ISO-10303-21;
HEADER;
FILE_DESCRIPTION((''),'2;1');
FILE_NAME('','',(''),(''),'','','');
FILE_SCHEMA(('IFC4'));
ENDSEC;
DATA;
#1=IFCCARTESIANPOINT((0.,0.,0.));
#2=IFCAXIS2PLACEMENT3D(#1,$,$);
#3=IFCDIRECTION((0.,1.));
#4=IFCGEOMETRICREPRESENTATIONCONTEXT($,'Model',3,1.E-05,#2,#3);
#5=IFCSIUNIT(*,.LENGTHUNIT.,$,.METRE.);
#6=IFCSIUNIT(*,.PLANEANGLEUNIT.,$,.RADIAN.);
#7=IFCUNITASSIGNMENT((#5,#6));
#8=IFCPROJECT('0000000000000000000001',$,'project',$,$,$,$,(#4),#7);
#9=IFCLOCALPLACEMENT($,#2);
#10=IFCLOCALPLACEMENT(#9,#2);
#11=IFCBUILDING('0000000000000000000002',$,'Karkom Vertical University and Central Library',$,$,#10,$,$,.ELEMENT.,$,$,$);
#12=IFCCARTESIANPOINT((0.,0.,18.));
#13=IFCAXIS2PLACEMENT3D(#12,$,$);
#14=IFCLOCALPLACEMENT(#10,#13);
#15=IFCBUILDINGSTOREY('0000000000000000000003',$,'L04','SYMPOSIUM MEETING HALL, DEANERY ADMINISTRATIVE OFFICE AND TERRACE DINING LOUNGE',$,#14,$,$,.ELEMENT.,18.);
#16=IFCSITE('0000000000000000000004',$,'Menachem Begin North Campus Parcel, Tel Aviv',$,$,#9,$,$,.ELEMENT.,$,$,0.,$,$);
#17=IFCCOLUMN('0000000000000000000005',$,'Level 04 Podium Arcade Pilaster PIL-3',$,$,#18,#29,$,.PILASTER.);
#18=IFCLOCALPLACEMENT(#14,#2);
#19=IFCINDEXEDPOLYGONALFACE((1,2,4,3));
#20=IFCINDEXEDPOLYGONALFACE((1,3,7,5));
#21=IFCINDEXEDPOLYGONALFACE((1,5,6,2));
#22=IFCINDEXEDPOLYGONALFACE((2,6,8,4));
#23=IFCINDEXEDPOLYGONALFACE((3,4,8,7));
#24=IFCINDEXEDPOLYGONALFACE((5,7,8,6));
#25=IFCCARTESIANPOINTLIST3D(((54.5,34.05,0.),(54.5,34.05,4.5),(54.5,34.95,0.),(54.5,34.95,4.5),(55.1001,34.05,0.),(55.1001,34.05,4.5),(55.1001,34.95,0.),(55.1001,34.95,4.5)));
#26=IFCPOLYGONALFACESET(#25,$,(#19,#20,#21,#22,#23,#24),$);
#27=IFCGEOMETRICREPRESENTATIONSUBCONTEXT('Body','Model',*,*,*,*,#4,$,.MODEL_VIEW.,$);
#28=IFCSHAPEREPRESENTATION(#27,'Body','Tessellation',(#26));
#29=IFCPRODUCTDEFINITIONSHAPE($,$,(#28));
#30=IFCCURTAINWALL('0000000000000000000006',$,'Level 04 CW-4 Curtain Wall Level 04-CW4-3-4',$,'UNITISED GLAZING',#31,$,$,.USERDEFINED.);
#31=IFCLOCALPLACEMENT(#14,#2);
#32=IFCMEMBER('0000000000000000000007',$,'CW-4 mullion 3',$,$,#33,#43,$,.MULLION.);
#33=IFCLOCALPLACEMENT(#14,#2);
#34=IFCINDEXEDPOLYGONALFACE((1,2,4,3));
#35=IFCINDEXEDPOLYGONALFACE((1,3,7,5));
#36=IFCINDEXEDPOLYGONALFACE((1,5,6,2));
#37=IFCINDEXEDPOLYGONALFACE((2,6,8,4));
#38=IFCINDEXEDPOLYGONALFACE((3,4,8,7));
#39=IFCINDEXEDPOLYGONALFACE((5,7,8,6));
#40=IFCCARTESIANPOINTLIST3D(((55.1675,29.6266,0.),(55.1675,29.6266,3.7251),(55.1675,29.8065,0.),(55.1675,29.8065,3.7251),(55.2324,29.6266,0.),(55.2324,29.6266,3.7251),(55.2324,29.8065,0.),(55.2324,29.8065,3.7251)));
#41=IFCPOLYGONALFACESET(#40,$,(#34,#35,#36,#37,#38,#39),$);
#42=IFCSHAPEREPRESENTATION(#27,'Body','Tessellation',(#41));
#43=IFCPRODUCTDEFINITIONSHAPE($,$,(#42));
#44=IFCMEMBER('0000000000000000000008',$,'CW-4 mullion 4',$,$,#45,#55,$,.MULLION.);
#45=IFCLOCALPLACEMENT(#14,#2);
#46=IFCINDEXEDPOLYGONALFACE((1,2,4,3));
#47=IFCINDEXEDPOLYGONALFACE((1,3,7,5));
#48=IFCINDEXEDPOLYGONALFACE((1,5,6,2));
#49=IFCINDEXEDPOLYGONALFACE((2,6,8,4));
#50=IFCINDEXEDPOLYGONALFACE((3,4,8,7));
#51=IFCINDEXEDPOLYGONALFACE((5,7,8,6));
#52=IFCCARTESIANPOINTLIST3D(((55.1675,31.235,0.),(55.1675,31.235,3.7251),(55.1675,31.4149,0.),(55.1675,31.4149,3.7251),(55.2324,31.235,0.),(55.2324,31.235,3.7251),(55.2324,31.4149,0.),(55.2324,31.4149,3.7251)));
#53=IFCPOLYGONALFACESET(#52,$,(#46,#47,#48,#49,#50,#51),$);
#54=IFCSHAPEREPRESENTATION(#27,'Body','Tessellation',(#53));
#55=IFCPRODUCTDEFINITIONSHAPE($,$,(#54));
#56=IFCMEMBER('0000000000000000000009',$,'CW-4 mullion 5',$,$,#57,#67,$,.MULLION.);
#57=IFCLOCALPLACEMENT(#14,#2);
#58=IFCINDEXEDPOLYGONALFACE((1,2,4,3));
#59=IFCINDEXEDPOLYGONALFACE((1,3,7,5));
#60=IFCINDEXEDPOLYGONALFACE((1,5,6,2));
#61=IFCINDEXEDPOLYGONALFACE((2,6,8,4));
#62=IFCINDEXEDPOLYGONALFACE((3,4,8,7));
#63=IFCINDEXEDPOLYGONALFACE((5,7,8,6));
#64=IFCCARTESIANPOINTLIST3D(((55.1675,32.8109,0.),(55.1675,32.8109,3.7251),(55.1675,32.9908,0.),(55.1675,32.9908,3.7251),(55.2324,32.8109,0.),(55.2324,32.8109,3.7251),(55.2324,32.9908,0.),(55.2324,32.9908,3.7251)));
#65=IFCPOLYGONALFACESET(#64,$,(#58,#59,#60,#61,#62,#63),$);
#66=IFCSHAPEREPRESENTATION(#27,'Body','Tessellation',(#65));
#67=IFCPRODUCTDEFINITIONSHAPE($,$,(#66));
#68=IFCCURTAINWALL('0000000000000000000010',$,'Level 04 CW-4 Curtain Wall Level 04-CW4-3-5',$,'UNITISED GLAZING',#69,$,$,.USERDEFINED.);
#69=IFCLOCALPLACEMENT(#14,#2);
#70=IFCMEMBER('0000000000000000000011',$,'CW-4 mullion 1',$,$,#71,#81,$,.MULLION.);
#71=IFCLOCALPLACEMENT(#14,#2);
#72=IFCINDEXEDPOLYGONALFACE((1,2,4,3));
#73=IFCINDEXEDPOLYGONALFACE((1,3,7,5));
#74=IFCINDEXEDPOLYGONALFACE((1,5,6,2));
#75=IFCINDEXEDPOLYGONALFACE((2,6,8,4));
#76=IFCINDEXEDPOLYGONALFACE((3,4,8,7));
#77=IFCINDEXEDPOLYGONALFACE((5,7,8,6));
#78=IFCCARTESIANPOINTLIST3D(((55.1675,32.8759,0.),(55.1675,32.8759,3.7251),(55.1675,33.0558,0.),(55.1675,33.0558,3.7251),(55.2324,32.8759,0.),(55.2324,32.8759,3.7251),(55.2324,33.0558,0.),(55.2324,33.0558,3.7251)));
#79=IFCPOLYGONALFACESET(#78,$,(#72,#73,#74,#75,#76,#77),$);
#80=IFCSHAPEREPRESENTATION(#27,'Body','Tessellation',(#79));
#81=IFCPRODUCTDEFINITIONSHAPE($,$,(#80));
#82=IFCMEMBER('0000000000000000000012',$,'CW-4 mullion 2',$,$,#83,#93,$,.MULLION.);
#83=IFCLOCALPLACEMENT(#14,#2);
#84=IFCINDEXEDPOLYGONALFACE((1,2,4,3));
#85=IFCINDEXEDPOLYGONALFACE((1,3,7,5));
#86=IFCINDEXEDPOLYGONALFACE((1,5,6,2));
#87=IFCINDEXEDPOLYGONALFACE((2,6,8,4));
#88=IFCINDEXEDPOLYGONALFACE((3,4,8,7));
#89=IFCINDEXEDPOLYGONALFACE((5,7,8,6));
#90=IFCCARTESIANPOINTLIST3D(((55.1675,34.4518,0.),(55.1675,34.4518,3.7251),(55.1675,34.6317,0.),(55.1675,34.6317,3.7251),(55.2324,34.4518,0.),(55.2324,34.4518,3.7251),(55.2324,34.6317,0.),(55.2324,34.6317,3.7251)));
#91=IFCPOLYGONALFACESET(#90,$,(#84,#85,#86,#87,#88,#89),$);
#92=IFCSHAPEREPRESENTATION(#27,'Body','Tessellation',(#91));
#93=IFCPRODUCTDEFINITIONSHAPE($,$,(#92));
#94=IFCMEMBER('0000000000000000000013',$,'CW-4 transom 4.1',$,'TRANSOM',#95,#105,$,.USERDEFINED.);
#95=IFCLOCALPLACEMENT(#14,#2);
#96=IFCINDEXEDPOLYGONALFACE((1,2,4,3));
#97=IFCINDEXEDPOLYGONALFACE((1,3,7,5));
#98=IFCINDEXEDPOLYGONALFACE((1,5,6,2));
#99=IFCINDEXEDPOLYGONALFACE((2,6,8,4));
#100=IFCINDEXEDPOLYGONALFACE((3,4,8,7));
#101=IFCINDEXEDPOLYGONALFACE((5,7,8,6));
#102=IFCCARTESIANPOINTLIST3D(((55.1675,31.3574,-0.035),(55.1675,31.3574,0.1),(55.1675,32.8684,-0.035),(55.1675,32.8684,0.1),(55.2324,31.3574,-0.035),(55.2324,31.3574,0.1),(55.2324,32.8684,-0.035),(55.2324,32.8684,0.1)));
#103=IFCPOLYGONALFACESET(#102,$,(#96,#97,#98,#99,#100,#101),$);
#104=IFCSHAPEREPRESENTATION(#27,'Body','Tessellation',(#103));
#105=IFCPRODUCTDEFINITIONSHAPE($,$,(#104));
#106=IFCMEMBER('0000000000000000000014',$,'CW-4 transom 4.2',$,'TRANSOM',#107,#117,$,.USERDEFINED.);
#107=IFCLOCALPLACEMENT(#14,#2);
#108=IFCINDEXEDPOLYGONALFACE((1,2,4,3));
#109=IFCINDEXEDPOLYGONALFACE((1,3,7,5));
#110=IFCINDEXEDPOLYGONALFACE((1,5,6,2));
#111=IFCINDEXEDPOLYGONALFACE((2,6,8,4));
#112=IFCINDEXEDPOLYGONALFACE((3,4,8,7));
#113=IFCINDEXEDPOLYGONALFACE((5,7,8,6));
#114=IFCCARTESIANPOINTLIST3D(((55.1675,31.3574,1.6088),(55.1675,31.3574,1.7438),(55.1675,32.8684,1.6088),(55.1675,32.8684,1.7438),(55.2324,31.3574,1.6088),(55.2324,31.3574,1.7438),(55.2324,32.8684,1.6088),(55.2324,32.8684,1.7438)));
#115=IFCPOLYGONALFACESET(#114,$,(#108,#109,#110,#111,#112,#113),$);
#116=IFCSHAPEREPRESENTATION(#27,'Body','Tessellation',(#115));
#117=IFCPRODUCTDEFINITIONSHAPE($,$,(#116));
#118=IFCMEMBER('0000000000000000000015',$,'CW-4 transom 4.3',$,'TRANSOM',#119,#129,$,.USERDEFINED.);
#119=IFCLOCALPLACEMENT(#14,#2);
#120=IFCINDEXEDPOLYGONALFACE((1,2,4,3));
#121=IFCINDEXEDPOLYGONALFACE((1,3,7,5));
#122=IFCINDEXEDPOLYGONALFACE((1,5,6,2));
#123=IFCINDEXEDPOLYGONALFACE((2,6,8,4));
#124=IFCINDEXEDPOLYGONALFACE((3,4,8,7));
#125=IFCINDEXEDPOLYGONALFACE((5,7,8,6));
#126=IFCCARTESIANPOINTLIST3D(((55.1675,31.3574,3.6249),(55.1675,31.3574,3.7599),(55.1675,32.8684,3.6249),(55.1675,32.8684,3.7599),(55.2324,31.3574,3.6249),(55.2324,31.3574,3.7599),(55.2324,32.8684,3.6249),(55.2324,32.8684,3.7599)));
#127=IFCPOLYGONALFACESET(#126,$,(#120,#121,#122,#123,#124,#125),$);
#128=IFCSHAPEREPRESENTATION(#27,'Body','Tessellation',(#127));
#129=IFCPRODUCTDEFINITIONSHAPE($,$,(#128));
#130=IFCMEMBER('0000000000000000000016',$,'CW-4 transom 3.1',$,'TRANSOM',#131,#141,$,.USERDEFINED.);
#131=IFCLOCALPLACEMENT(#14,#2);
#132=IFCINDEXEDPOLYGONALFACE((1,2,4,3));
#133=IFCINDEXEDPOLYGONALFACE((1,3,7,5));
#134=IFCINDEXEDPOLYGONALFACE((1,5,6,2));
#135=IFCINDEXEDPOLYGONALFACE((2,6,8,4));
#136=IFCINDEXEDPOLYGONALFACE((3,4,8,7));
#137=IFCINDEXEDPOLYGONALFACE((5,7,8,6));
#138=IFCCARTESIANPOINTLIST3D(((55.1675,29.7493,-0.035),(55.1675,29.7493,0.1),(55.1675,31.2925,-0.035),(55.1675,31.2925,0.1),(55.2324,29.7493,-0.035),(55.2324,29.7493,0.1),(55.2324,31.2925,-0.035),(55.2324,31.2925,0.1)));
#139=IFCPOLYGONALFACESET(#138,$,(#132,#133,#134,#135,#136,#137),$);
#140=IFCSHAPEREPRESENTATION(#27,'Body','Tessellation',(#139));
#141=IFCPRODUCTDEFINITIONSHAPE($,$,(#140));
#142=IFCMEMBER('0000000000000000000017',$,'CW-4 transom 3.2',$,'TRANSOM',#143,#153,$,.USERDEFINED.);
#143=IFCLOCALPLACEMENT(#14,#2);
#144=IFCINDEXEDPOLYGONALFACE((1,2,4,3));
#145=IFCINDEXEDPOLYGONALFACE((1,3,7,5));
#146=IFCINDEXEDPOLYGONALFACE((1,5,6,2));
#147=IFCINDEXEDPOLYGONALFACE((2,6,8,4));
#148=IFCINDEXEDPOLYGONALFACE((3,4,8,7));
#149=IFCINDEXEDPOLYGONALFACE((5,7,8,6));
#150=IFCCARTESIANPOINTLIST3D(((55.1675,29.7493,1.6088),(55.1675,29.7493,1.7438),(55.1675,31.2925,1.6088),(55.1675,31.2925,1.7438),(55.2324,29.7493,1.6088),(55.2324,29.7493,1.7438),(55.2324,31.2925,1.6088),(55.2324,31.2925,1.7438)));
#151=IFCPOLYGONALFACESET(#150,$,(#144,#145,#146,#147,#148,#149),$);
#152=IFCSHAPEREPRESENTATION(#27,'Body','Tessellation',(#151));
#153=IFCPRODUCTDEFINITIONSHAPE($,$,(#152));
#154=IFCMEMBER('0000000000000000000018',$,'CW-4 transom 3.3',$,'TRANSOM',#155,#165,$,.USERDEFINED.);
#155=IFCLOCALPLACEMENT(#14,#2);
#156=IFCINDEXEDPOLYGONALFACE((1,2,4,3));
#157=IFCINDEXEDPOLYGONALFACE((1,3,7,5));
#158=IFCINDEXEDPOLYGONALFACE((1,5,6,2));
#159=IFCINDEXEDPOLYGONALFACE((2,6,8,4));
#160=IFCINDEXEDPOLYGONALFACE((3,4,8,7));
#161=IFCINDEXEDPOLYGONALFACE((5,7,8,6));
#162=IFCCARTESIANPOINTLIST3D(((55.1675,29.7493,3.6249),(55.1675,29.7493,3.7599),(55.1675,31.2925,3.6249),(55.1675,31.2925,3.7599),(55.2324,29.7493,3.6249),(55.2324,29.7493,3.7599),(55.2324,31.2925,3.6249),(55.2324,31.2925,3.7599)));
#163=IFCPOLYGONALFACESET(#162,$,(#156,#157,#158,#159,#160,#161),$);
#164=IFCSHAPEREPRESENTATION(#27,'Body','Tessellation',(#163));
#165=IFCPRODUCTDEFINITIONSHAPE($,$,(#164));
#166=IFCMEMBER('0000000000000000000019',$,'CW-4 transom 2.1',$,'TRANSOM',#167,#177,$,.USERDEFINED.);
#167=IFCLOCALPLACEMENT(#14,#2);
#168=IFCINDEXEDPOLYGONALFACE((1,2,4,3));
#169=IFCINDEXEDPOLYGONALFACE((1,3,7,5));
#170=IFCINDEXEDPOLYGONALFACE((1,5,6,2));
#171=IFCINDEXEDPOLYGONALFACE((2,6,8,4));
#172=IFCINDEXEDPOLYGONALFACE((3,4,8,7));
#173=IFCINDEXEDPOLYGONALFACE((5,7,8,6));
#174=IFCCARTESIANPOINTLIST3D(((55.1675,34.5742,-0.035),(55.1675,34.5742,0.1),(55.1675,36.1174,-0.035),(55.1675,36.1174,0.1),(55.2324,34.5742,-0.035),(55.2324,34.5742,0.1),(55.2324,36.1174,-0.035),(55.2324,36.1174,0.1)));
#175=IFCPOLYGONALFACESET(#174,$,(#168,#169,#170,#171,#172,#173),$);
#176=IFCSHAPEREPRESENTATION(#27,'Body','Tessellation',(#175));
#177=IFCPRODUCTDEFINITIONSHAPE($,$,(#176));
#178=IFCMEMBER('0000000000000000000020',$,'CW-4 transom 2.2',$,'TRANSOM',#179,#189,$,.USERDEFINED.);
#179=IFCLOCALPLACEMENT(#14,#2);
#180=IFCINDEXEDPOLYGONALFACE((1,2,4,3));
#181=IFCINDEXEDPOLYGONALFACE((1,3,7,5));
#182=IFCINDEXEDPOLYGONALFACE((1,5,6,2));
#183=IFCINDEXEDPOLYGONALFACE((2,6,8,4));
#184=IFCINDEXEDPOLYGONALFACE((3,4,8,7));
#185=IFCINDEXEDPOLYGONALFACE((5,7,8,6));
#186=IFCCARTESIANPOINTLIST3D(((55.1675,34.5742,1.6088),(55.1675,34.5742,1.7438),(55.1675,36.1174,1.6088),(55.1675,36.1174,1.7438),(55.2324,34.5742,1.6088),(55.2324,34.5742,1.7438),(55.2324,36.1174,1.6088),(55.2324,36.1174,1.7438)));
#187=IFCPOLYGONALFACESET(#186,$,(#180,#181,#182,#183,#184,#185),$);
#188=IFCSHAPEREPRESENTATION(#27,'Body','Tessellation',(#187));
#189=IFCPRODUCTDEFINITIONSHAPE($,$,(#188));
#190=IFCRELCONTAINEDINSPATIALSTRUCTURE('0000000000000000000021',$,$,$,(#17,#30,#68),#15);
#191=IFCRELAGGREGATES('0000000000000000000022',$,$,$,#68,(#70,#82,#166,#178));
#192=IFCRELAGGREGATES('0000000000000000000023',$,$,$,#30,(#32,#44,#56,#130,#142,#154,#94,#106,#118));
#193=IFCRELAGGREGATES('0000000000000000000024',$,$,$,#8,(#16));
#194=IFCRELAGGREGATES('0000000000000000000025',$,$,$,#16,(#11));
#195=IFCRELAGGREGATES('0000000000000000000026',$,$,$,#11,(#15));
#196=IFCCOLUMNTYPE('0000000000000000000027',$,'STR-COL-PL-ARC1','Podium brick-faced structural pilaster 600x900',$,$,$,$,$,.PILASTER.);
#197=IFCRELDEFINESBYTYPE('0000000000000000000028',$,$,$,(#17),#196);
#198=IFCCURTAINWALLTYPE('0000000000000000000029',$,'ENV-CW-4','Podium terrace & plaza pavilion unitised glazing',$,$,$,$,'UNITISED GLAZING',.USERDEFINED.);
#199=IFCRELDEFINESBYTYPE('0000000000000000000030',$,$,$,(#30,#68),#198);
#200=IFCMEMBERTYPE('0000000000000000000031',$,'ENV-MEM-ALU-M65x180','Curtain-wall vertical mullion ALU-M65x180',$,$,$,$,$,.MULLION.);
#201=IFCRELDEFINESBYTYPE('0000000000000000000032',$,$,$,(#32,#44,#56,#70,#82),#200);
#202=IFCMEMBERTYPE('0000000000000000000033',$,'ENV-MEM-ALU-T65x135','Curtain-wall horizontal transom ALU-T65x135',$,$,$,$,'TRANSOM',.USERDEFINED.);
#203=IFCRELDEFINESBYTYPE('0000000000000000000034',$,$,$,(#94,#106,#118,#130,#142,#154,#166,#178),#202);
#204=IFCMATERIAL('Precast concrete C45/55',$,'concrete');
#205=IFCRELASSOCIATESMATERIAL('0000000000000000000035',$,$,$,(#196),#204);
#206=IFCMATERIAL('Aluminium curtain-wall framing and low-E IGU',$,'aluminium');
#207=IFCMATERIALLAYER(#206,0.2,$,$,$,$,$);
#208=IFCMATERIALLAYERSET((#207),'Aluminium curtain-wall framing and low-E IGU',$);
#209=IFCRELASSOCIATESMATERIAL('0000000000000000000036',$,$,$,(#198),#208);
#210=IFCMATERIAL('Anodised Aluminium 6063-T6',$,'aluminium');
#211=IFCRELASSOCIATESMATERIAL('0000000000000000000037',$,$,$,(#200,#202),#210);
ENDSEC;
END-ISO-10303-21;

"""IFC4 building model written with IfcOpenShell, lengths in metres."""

from ifc_helpers import new_model, si_unit, direction, frame, origin, origin_with_axes, origin_2d, place, context, subcontext, project, spatial, rectangle, extrude, source, transform, mapped, material, layer, layer_set, material_profile, profile_set, type_object, element, aggregate, save


model = new_model("IFC4")

# Units and contexts
model_context = context("Model", 3, precision=1e-05, world=origin(), true_north=direction((0.0, 1.0)))
body_context = subcontext(model_context, "Body", "Model", "MODEL_VIEW")
ifc_project = project(units=[si_unit("LENGTHUNIT", "METRE"), si_unit("PLANEANGLEUNIT", "RADIAN")], contexts=[model_context])

# Site, building, storey
site_placement = place(None, origin())
site = spatial("IfcSite", under=ifc_project, at=site_placement, Name="Menachem Begin North Campus Parcel, Tel Aviv", CompositionType="ELEMENT", RefElevation=0.0)
building_placement = place(site_placement, origin())
building = spatial("IfcBuilding", under=site, at=building_placement, Name="Karkom Vertical University and Central Library", CompositionType="ELEMENT")
storey_placement = place(building_placement, frame((0.0, 0.0, 18.0)))
storey = spatial("IfcBuildingStorey", under=building, at=storey_placement, Name="L04", Description="SYMPOSIUM MEETING HALL, DEANERY ADMINISTRATIVE OFFICE AND TERRACE DINING LOUNGE", CompositionType="ELEMENT", Elevation=18.0)

# Column
ifc_material_1 = material(Name="Precast concrete C45/55", Category="concrete")
ifc_material_profile_1 = material_profile(ifc_material_1, rectangle(XDim=0.6001, YDim=0.8999, at=origin_2d()), Name="PIL-600x900")
ifc_profile_set_1 = profile_set([ifc_material_profile_1], Name="Precast concrete C45/55")
column_type = type_object("IfcColumnType", Name="STR-COL-PL-ARC1", Description="Podium brick-faced structural pilaster 600x900", PredefinedType="PILASTER", material=ifc_profile_set_1)
shared_shape_1 = source(origin_with_axes(), body_context, "Body", "SweptSolid", [
    extrude(rectangle(XDim=0.6001, YDim=0.8999, at=origin_2d()), origin(), (0.0, 0.0, 1.0), 4.5),
])
column_placement = place(storey_placement, frame((54.8, 34.5, 0.0), z_axis=(0.0, 0.0, 1.0), x_axis=(1.0, 0.0, 0.0)))
element("IfcColumn", 1, at=column_placement, inside=storey, type_object=column_type, Name="Level 04 Podium Arcade Pilaster PIL-3", PredefinedType="PILASTER", context=body_context, shape_type="MappedRepresentation", body=[
    mapped(shared_shape_1, transform((0.0, 0.0, 0.0), scale=1.0)),
])

# Curtain walls, members
ifc_material_2 = material(Name="Aluminium curtain-wall framing and low-E IGU", Category="aluminium")
ifc_layer_1 = layer(ifc_material_2, 0.2)
ifc_layer_set_1 = layer_set([ifc_layer_1], Name="Aluminium curtain-wall framing and low-E IGU")
curtain_wall_type = type_object("IfcCurtainWallType", Name="ENV-CW-4", Description="Podium terrace & plaza pavilion unitised glazing", ElementType="UNITISED GLAZING", PredefinedType="USERDEFINED", material=ifc_layer_set_1)
curtain_wall_1_placement = place(storey_placement, origin())
curtain_wall_1 = element("IfcCurtainWall", 2, at=curtain_wall_1_placement, inside=storey, type_object=curtain_wall_type, Name="Level 04 CW-4 Curtain Wall Level 04-CW4-3-4", ObjectType="UNITISED GLAZING", PredefinedType="USERDEFINED")
ifc_material_3 = material(Name="Anodised Aluminium 6063-T6", Category="aluminium")
ifc_material_profile_2 = material_profile(ifc_material_3, rectangle(XDim=0.0649, YDim=0.1799, at=origin_2d()), Name="ALU-M65x180")
ifc_profile_set_2 = profile_set([ifc_material_profile_2], Name="Anodised Aluminium 6063-T6")
member_type_1 = type_object("IfcMemberType", Name="ENV-MEM-ALU-M65x180", Description="Curtain-wall vertical mullion ALU-M65x180", PredefinedType="MULLION", material=ifc_profile_set_2)
shared_shape_2 = source(origin_with_axes(), body_context, "Body", "SweptSolid", [
    extrude(rectangle(XDim=0.0649, YDim=0.1799, at=origin_2d()), origin(), (0.0, 0.0, 1.0), 3.7251),
])
member_1_placement = place(storey_placement, frame((55.2, 29.7166, 0.0), z_axis=(0.0, 0.0, 1.0), x_axis=(-1.0, 0.0, 0.0)))
member_1 = element("IfcMember", 3, at=member_1_placement, type_object=member_type_1, Name="CW-4 mullion 3", PredefinedType="MULLION", context=body_context, shape_type="MappedRepresentation", body=[
    mapped(shared_shape_2, transform((0.0, 0.0, 0.0), scale=1.0)),
])
member_2_placement = place(storey_placement, frame((55.2, 31.325, 0.0), z_axis=(0.0, 0.0, 1.0), x_axis=(-1.0, 0.0, 0.0)))
member_2 = element("IfcMember", 4, at=member_2_placement, type_object=member_type_1, Name="CW-4 mullion 4", PredefinedType="MULLION", context=body_context, shape_type="MappedRepresentation", body=[
    mapped(shared_shape_2, transform((0.0, 0.0, 0.0), scale=1.0)),
])
member_3_placement = place(storey_placement, frame((55.2, 32.9009, 0.0), z_axis=(0.0, 0.0, 1.0), x_axis=(-1.0, 0.0, 0.0)))
member_3 = element("IfcMember", 5, at=member_3_placement, type_object=member_type_1, Name="CW-4 mullion 5", PredefinedType="MULLION", context=body_context, shape_type="MappedRepresentation", body=[
    mapped(shared_shape_2, transform((0.0, 0.0, 0.0), scale=1.0)),
])
curtain_wall_2_placement = place(storey_placement, origin())
curtain_wall_2 = element("IfcCurtainWall", 6, at=curtain_wall_2_placement, inside=storey, type_object=curtain_wall_type, Name="Level 04 CW-4 Curtain Wall Level 04-CW4-3-5", ObjectType="UNITISED GLAZING", PredefinedType="USERDEFINED")
member_4_placement = place(storey_placement, frame((55.2, 32.9658, 0.0), z_axis=(0.0, 0.0, 1.0), x_axis=(-1.0, 0.0, 0.0)))
member_4 = element("IfcMember", 7, at=member_4_placement, type_object=member_type_1, Name="CW-4 mullion 1", PredefinedType="MULLION", context=body_context, shape_type="MappedRepresentation", body=[
    mapped(shared_shape_2, transform((0.0, 0.0, 0.0), scale=1.0)),
])
member_5_placement = place(storey_placement, frame((55.2, 34.5417, 0.0), z_axis=(0.0, 0.0, 1.0), x_axis=(-1.0, 0.0, 0.0)))
member_5 = element("IfcMember", 8, at=member_5_placement, type_object=member_type_1, Name="CW-4 mullion 2", PredefinedType="MULLION", context=body_context, shape_type="MappedRepresentation", body=[
    mapped(shared_shape_2, transform((0.0, 0.0, 0.0), scale=1.0)),
])

# Members
ifc_material_profile_3 = material_profile(ifc_material_3, rectangle(XDim=0.0649, YDim=0.135, at=origin_2d()), Name="ALU-T65x135")
ifc_profile_set_3 = profile_set([ifc_material_profile_3], Name="Anodised Aluminium 6063-T6")
member_type_2 = type_object("IfcMemberType", Name="ENV-MEM-ALU-T65x135", Description="Curtain-wall horizontal transom ALU-T65x135", ElementType="TRANSOM", PredefinedType="USERDEFINED", material=ifc_profile_set_3)
shared_shape_3 = source(origin_with_axes(), body_context, "Body", "SweptSolid", [
    extrude(rectangle(XDim=0.0649, YDim=0.135, at=origin_2d()), origin(), (0.0, 0.0, 1.0), 1.511),
])
member_6_placement = place(storey_placement, frame((55.2, 31.3574, 0.0325), z_axis=(0.0, 1.0, 0.0), x_axis=(-1.0, 0.0, 0.0)))
member_6 = element("IfcMember", 9, at=member_6_placement, type_object=member_type_2, Name="CW-4 transom 4.1", ObjectType="TRANSOM", PredefinedType="USERDEFINED", context=body_context, shape_type="MappedRepresentation", body=[
    mapped(shared_shape_3, transform((0.0, 0.0, 0.0), scale=1.0)),
])
member_7_placement = place(storey_placement, frame((55.2, 31.3574, 1.6763), z_axis=(0.0, 1.0, 0.0), x_axis=(-1.0, 0.0, 0.0)))
member_7 = element("IfcMember", 10, at=member_7_placement, type_object=member_type_2, Name="CW-4 transom 4.2", ObjectType="TRANSOM", PredefinedType="USERDEFINED", context=body_context, shape_type="MappedRepresentation", body=[
    mapped(shared_shape_3, transform((0.0, 0.0, 0.0), scale=1.0)),
])
member_8_placement = place(storey_placement, frame((55.2, 31.3574, 3.6924), z_axis=(0.0, 1.0, 0.0), x_axis=(-1.0, 0.0, 0.0)))
member_8 = element("IfcMember", 11, at=member_8_placement, type_object=member_type_2, Name="CW-4 transom 4.3", ObjectType="TRANSOM", PredefinedType="USERDEFINED", context=body_context, shape_type="MappedRepresentation", body=[
    mapped(shared_shape_3, transform((0.0, 0.0, 0.0), scale=1.0)),
])
shared_shape_4 = source(origin_with_axes(), body_context, "Body", "SweptSolid", [
    extrude(rectangle(XDim=0.0649, YDim=0.135, at=origin_2d()), origin(), (0.0, 0.0, 1.0), 1.5432),
])
member_9_placement = place(storey_placement, frame((55.2, 29.7493, 0.0325), z_axis=(0.0, 1.0, 0.0), x_axis=(-1.0, 0.0, 0.0)))
member_9 = element("IfcMember", 12, at=member_9_placement, type_object=member_type_2, Name="CW-4 transom 3.1", ObjectType="TRANSOM", PredefinedType="USERDEFINED", context=body_context, shape_type="MappedRepresentation", body=[
    mapped(shared_shape_4, transform((0.0, 0.0, 0.0), scale=1.0)),
])
member_10_placement = place(storey_placement, frame((55.2, 29.7493, 1.6763), z_axis=(0.0, 1.0, 0.0), x_axis=(-1.0, 0.0, 0.0)))
member_10 = element("IfcMember", 13, at=member_10_placement, type_object=member_type_2, Name="CW-4 transom 3.2", ObjectType="TRANSOM", PredefinedType="USERDEFINED", context=body_context, shape_type="MappedRepresentation", body=[
    mapped(shared_shape_4, transform((0.0, 0.0, 0.0), scale=1.0)),
])
member_11_placement = place(storey_placement, frame((55.2, 29.7493, 3.6924), z_axis=(0.0, 1.0, 0.0), x_axis=(-1.0, 0.0, 0.0)))
member_11 = element("IfcMember", 14, at=member_11_placement, type_object=member_type_2, Name="CW-4 transom 3.3", ObjectType="TRANSOM", PredefinedType="USERDEFINED", context=body_context, shape_type="MappedRepresentation", body=[
    mapped(shared_shape_4, transform((0.0, 0.0, 0.0), scale=1.0)),
])
member_12_placement = place(storey_placement, frame((55.2, 34.5742, 0.0325), z_axis=(0.0, 1.0, 0.0), x_axis=(-1.0, 0.0, 0.0)))
member_12 = element("IfcMember", 15, at=member_12_placement, type_object=member_type_2, Name="CW-4 transom 2.1", ObjectType="TRANSOM", PredefinedType="USERDEFINED", context=body_context, shape_type="MappedRepresentation", body=[
    mapped(shared_shape_4, transform((0.0, 0.0, 0.0), scale=1.0)),
])
member_13_placement = place(storey_placement, frame((55.2, 34.5742, 1.6763), z_axis=(0.0, 1.0, 0.0), x_axis=(-1.0, 0.0, 0.0)))
member_13 = element("IfcMember", 16, at=member_13_placement, type_object=member_type_2, Name="CW-4 transom 2.2", ObjectType="TRANSOM", PredefinedType="USERDEFINED", context=body_context, shape_type="MappedRepresentation", body=[
    mapped(shared_shape_4, transform((0.0, 0.0, 0.0), scale=1.0)),
])

aggregate(curtain_wall_2, [member_4, member_5, member_12, member_13])
aggregate(curtain_wall_1, [member_1, member_2, member_3, member_9, member_10, member_11, member_6, member_7, member_8])

save(model, "model.ifc")
